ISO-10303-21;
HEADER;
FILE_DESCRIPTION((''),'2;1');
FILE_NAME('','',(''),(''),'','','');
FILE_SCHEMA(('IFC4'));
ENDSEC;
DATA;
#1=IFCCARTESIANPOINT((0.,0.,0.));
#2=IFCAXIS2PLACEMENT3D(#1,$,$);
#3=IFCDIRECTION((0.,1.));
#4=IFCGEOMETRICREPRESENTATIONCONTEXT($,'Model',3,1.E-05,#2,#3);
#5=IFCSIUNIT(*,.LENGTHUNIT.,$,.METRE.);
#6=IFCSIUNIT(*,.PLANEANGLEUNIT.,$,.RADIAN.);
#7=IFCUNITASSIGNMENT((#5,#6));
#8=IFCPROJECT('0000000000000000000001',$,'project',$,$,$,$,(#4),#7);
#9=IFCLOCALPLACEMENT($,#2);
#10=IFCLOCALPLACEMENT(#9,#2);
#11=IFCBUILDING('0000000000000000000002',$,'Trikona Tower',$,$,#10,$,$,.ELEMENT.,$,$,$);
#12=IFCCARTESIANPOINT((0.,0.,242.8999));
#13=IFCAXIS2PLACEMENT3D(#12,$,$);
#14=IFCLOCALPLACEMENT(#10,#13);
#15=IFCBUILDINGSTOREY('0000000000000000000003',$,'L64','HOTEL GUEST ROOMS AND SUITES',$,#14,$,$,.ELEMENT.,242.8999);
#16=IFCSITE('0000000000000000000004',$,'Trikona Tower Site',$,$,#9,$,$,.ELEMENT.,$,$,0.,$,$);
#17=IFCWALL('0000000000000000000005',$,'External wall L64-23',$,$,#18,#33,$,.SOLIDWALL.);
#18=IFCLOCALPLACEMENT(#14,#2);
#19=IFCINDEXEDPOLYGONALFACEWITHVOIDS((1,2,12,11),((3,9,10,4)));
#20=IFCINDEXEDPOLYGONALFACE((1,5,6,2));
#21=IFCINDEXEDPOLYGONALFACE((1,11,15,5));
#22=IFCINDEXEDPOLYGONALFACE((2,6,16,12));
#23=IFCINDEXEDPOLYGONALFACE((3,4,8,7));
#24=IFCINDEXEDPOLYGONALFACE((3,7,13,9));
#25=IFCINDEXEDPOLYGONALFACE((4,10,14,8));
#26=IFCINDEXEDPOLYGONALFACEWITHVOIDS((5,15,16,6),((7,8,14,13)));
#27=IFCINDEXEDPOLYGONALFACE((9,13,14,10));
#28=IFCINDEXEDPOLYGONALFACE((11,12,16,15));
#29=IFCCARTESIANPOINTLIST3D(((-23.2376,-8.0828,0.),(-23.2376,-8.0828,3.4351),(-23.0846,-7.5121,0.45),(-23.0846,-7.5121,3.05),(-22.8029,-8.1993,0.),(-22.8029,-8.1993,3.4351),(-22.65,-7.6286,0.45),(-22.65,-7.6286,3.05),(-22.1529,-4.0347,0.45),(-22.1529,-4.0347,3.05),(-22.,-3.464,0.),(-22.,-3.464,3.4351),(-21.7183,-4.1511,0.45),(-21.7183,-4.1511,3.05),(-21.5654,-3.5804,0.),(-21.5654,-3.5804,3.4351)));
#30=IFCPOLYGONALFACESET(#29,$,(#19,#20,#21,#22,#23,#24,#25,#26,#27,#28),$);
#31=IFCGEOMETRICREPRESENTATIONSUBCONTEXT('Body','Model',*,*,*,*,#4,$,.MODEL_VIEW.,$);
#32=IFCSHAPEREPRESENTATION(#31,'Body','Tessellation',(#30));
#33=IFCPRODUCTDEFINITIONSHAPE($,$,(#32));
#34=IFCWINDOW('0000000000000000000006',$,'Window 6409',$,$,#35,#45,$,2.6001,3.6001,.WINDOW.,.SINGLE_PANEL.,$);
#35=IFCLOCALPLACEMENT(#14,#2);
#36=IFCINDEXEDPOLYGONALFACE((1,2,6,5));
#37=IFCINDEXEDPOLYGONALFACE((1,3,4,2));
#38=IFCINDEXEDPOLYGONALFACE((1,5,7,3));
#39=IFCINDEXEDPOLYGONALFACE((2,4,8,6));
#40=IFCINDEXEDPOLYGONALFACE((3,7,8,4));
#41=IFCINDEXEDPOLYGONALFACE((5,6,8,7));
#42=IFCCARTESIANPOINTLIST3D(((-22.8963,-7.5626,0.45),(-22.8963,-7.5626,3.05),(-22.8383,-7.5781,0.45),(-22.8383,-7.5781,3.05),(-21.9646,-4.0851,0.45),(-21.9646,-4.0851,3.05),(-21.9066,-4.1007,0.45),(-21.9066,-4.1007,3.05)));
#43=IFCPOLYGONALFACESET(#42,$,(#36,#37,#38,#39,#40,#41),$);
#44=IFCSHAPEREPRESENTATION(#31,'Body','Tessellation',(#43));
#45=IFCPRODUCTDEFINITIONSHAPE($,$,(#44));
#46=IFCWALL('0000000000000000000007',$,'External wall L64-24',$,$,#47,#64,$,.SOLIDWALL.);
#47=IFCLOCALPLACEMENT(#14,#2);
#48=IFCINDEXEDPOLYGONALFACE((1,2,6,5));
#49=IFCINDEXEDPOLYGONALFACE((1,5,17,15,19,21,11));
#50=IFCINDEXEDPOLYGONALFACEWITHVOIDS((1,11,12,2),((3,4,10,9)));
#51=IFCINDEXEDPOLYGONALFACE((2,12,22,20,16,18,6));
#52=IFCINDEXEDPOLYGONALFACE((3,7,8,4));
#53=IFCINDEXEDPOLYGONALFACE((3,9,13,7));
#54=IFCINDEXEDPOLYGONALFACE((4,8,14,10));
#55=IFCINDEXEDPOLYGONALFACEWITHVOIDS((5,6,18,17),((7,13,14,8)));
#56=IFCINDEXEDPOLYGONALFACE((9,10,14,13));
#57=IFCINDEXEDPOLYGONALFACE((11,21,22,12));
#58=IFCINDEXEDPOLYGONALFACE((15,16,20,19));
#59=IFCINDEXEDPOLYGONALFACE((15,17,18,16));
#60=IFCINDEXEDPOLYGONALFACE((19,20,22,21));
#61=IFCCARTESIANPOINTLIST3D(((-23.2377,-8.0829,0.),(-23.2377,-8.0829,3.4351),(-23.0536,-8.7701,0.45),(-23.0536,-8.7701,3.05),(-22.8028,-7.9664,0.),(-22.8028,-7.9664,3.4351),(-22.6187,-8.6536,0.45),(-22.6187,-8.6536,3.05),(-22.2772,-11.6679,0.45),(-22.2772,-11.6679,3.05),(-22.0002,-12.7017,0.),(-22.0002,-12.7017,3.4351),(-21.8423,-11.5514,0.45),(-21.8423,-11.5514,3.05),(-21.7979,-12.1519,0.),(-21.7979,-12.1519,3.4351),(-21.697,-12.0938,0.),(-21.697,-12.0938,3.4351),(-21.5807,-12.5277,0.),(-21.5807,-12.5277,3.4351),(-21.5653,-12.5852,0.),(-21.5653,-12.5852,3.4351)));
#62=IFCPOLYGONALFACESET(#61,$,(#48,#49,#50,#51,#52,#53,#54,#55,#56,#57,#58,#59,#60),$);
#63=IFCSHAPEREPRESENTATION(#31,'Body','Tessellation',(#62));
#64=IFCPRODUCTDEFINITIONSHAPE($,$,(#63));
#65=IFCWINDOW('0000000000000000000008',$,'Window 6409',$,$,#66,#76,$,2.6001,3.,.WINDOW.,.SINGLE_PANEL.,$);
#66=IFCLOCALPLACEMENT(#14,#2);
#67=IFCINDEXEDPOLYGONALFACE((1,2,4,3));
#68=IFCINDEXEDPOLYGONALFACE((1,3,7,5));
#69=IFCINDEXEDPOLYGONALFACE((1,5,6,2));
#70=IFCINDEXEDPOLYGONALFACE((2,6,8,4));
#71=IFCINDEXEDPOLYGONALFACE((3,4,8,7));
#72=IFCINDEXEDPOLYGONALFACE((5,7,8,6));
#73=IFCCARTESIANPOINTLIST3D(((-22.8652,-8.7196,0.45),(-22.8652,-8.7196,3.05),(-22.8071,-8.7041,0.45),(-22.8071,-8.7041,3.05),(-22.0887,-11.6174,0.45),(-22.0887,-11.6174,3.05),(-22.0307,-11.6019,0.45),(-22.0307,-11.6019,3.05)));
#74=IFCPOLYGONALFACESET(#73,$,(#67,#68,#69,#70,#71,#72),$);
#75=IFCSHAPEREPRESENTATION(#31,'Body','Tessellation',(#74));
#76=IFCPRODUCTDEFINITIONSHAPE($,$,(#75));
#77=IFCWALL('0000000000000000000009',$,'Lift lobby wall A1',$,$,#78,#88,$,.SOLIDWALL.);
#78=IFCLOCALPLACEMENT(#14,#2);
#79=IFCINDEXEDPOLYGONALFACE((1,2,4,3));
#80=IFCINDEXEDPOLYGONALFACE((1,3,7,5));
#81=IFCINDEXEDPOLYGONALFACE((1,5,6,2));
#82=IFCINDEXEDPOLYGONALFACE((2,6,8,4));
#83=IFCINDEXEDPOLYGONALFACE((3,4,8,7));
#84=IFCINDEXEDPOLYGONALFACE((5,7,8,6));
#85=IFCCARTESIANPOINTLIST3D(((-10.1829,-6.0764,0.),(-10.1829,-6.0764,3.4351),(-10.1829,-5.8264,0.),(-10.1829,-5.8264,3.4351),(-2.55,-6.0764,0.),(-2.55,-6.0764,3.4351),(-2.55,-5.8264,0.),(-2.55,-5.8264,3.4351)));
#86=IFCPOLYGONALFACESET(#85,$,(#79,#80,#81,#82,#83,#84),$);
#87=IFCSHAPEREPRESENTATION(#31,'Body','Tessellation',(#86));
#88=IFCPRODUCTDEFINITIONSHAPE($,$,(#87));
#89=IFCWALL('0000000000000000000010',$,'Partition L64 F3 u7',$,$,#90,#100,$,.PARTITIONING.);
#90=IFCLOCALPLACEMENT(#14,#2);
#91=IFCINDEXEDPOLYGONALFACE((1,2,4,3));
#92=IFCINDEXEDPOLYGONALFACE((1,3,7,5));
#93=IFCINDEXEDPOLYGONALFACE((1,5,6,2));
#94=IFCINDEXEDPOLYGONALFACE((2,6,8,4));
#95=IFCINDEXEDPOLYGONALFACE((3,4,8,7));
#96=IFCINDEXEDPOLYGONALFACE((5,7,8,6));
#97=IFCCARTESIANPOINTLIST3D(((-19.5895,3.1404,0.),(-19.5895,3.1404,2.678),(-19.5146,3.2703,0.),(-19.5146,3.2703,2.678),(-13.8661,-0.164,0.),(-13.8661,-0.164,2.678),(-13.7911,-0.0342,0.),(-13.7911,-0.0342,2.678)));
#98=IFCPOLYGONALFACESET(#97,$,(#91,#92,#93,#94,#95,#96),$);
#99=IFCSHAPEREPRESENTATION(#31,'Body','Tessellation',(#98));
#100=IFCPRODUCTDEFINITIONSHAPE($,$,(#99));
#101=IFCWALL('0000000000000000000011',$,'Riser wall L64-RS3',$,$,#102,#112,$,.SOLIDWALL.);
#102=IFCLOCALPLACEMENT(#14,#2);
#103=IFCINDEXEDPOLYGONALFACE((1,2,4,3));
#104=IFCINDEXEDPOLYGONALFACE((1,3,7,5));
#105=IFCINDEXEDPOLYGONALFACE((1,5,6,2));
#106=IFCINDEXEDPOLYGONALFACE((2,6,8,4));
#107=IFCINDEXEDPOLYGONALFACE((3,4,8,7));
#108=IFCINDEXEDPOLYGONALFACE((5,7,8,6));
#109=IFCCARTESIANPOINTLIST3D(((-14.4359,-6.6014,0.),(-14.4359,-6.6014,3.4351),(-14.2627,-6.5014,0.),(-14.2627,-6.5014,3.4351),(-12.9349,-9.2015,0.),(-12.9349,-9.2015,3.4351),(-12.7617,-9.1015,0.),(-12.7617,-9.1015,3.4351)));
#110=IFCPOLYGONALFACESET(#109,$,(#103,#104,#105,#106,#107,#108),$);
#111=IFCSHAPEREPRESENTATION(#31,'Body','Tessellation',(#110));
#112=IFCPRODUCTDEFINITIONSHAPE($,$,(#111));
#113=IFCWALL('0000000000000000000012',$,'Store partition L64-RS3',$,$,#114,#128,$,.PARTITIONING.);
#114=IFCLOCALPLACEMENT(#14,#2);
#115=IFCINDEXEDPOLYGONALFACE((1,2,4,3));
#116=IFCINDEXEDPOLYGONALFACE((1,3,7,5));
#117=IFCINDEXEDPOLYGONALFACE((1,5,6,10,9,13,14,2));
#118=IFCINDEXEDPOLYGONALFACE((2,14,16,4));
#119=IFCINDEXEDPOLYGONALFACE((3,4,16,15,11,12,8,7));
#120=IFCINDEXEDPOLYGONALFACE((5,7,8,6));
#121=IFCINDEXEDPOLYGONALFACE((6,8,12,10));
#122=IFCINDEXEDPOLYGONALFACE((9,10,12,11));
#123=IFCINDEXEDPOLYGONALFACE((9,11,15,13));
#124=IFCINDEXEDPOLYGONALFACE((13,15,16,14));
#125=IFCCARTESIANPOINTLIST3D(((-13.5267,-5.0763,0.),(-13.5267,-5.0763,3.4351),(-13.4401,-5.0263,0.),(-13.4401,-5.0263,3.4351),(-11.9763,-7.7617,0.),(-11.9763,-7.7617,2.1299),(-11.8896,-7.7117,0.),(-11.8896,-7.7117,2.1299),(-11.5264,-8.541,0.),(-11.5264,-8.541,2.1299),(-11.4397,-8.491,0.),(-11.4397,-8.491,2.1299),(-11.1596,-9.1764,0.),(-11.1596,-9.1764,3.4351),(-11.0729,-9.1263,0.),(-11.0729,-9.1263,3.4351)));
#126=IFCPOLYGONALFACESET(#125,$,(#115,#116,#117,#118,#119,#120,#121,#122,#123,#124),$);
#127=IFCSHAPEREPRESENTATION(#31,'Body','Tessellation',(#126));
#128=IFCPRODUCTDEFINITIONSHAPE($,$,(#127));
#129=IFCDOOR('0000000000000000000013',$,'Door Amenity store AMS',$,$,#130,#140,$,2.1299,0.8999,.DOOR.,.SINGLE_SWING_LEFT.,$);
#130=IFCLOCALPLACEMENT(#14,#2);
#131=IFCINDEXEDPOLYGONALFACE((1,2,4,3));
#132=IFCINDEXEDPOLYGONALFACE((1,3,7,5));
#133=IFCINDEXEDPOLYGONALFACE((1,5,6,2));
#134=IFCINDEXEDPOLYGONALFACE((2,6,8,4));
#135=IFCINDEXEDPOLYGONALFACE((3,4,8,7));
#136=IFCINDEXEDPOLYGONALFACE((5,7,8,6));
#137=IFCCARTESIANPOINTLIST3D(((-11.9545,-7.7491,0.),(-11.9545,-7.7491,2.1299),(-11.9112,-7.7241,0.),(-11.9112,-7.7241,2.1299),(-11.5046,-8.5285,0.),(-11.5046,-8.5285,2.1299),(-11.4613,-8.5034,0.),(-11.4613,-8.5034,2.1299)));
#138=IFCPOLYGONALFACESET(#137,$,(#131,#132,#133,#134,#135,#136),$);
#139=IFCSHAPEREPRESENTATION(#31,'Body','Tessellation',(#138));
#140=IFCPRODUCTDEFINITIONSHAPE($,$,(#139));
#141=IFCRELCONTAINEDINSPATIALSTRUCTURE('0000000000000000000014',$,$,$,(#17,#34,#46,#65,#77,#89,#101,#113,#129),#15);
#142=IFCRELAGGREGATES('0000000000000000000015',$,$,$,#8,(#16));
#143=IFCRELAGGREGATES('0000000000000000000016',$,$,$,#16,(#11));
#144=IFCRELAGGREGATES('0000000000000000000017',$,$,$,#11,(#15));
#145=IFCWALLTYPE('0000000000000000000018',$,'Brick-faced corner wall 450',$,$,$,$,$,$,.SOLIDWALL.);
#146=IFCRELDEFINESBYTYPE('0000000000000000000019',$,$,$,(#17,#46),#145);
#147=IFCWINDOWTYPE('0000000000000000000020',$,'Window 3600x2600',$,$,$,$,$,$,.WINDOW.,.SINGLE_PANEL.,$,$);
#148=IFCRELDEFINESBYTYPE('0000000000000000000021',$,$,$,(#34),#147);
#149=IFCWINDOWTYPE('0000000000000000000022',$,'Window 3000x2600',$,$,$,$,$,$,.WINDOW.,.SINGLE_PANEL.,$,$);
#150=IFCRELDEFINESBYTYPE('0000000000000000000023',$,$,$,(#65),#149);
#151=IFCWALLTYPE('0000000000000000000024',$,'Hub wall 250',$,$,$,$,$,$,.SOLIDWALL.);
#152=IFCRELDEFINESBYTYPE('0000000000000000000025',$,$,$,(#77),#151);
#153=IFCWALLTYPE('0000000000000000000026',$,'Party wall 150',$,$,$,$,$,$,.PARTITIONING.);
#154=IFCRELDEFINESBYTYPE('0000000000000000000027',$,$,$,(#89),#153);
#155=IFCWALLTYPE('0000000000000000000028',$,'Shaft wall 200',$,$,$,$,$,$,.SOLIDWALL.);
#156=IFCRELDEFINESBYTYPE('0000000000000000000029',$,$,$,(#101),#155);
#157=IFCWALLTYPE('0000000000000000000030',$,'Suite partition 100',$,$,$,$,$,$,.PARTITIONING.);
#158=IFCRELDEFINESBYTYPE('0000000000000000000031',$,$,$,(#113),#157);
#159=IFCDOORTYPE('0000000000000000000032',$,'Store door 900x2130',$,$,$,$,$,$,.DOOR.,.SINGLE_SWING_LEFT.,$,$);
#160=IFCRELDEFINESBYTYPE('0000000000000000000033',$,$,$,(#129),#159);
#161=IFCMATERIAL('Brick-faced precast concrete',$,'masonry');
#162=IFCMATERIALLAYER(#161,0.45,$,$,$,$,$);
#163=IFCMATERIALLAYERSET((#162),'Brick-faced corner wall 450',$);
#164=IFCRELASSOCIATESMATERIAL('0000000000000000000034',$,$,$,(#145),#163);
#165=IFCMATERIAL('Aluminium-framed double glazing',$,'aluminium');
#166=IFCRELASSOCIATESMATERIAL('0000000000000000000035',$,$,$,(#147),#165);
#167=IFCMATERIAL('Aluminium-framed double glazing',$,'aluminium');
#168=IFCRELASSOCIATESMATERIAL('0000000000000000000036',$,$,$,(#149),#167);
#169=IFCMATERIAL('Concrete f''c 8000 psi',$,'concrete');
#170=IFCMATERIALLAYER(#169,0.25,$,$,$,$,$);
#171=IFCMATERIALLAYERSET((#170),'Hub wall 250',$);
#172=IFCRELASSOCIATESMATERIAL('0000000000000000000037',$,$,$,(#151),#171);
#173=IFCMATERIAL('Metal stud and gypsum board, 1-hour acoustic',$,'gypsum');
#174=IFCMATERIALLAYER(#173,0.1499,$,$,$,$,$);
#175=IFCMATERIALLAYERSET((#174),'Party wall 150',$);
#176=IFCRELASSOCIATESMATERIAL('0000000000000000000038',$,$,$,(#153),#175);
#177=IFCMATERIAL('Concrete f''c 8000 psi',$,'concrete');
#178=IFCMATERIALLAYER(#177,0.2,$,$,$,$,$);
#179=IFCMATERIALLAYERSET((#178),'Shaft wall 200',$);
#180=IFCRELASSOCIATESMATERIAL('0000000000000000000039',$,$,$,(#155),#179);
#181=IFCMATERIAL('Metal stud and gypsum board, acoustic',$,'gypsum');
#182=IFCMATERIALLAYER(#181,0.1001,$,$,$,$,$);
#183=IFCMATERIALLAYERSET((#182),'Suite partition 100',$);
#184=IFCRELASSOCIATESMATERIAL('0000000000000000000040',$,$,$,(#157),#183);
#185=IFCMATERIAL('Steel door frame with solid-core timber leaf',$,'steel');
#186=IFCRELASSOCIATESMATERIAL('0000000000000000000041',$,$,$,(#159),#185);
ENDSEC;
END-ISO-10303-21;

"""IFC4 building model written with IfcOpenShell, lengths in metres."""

from ifc_helpers import new_model, si_unit, direction, frame, frame_2d, origin, place, context, subcontext, project, spatial, polyline, rectangle, outline, extrude, material, layer, layer_set, type_object, element, fill, save


model = new_model("IFC4")

# Units and contexts
model_context = context("Model", 3, precision=1e-05, world=origin(), true_north=direction((0.0, 1.0)))
body_context = subcontext(model_context, "Body", "Model", "MODEL_VIEW")
ifc_project = project(units=[si_unit("LENGTHUNIT", "METRE"), si_unit("PLANEANGLEUNIT", "RADIAN")], contexts=[model_context])

# Site, building, storey
site_placement = place(None, origin())
site = spatial("IfcSite", under=ifc_project, at=site_placement, Name="Trikona Tower Site", CompositionType="ELEMENT", RefElevation=0.0)
building_placement = place(site_placement, origin())
building = spatial("IfcBuilding", under=site, at=building_placement, Name="Trikona Tower", CompositionType="ELEMENT")
storey_placement = place(building_placement, frame((0.0, 0.0, 242.8999)))
storey = spatial("IfcBuildingStorey", under=building, at=storey_placement, Name="L64", Description="HOTEL GUEST ROOMS AND SUITES", CompositionType="ELEMENT", Elevation=242.8999)

# Walls, openings, windows
ifc_material_1 = material(Name="Brick-faced precast concrete", Category="masonry")
ifc_layer_1 = layer(ifc_material_1, 0.45)
ifc_layer_set_1 = layer_set([ifc_layer_1], Name="Brick-faced corner wall 450")
wall_type_1 = type_object("IfcWallType", Name="Brick-faced corner wall 450", PredefinedType="SOLIDWALL", material=ifc_layer_set_1)
wall_1_placement = place(storey_placement, frame((-21.7827, -3.5222, 0.0), z_axis=(0.0, 0.0, 1.0), x_axis=(-0.258803, -0.96593, 0.0)))
wall_1 = element("IfcWall", 1, at=wall_1_placement, inside=storey, type_object=wall_type_1, Name="External wall L64-23", PredefinedType="SOLIDWALL", context=body_context, shape_type="SweptSolid", body=[
    extrude(rectangle(XDim=4.7817, YDim=0.45, at=frame_2d((2.3909, 0.0))), origin(), (0.0, 0.0, 1.0), 3.4351),
])
opening_1_placement = place(wall_1_placement, frame((0.5908, 0.0, 0.45)))
opening_1 = element("IfcOpeningElement", 2, at=opening_1_placement, cuts=wall_1, PredefinedType="OPENING", context=body_context, shape_type="SweptSolid", body=[
    extrude(rectangle(XDim=3.6001, YDim=2.6001, at=frame_2d((1.8, 1.3))), frame((0.0, 0.2349, 0.0), z_axis=(0.0, -1.0, 0.0), x_axis=(1.0, 0.0, 0.0)), (0.0, 0.0, 1.0), 0.47),
])
ifc_material_2 = material(Name="Aluminium-framed double glazing", Category="aluminium")
window_type_1 = type_object("IfcWindowType", Name="Window 3600x2600", PartitioningType="SINGLE_PANEL", PredefinedType="WINDOW", material=ifc_material_2)
window_1_placement = place(opening_1_placement, origin())
window_1 = element("IfcWindow", 3, at=window_1_placement, inside=storey, type_object=window_type_1, Name="Window 6409", OverallHeight=2.6001, OverallWidth=3.6001, PartitioningType="SINGLE_PANEL", PredefinedType="WINDOW", context=body_context, shape_type="SweptSolid", body=[
    extrude(rectangle(XDim=3.6001, YDim=2.6001, at=frame_2d((1.8, 1.3))), frame((0.0, 0.03, 0.0), z_axis=(0.0, -1.0, 0.0), x_axis=(1.0, 0.0, 0.0)), (0.0, 0.0, 1.0), 0.0601),
])
fill(opening_1, window_1)
wall_2_placement = place(storey_placement, frame((-23.0203, -8.0247, 0.0), z_axis=(0.0, 0.0, 1.0), x_axis=(0.258803, -0.96593, 0.0)))
wall_2 = element("IfcWall", 4, at=wall_2_placement, inside=storey, type_object=wall_type_1, Name="External wall L64-24", PredefinedType="SOLIDWALL", context=body_context, shape_type="SweptSolid", body=[
    extrude(outline(polyline([(4.7817, 0.2251), (4.7222, 0.2251), (4.303, 0.1125), (4.2729, 0.2251), (0.0, 0.2251), (0.0, -0.2251), (4.7817, -0.2251), (4.7817, 0.2251)])), origin(), (0.0, 0.0, 1.0), 3.4351),
])
opening_2_placement = place(wall_2_placement, frame((0.7114, 0.0, 0.45)))
opening_2 = element("IfcOpeningElement", 5, at=opening_2_placement, cuts=wall_2, PredefinedType="OPENING", context=body_context, shape_type="SweptSolid", body=[
    extrude(rectangle(XDim=3.0, YDim=2.6001, at=frame_2d((1.5, 1.3))), frame((0.0, 0.2349, 0.0), z_axis=(0.0, -1.0, 0.0), x_axis=(1.0, 0.0, 0.0)), (0.0, 0.0, 1.0), 0.47),
])
ifc_material_3 = material(Name="Aluminium-framed double glazing", Category="aluminium")
window_type_2 = type_object("IfcWindowType", Name="Window 3000x2600", PartitioningType="SINGLE_PANEL", PredefinedType="WINDOW", material=ifc_material_3)
window_2_placement = place(opening_2_placement, origin())
window_2 = element("IfcWindow", 6, at=window_2_placement, inside=storey, type_object=window_type_2, Name="Window 6409", OverallHeight=2.6001, OverallWidth=3.0, PartitioningType="SINGLE_PANEL", PredefinedType="WINDOW", context=body_context, shape_type="SweptSolid", body=[
    extrude(rectangle(XDim=3.0, YDim=2.6001, at=frame_2d((1.5, 1.3))), frame((0.0, 0.03, 0.0), z_axis=(0.0, -1.0, 0.0), x_axis=(1.0, 0.0, 0.0)), (0.0, 0.0, 1.0), 0.0601),
])
fill(opening_2, window_2)

# Walls
ifc_material_4 = material(Name="Concrete f'c 8000 psi", Category="concrete")
ifc_layer_2 = layer(ifc_material_4, 0.25)
ifc_layer_set_2 = layer_set([ifc_layer_2], Name="Hub wall 250")
wall_type_2 = type_object("IfcWallType", Name="Hub wall 250", PredefinedType="SOLIDWALL", material=ifc_layer_set_2)
wall_3_placement = place(storey_placement, frame((-10.1829, -5.9514, 0.0), z_axis=(0.0, 0.0, 1.0), x_axis=(1.0, 0.0, 0.0)))
element("IfcWall", 7, at=wall_3_placement, inside=storey, type_object=wall_type_2, Name="Lift lobby wall A1", PredefinedType="SOLIDWALL", context=body_context, shape_type="SweptSolid", body=[
    extrude(rectangle(XDim=7.6328, YDim=0.25, at=frame_2d((3.8164, 0.0))), origin(), (0.0, 0.0, 1.0), 3.4351),
])
ifc_material_5 = material(Name="Metal stud and gypsum board, 1-hour acoustic", Category="gypsum")
ifc_layer_3 = layer(ifc_material_5, 0.1499)
ifc_layer_set_3 = layer_set([ifc_layer_3], Name="Party wall 150")
wall_type_3 = type_object("IfcWallType", Name="Party wall 150", PredefinedType="PARTITIONING", material=ifc_layer_set_3)
wall_4_placement = place(storey_placement, frame((-13.8286, -0.0991, 0.0), z_axis=(0.0, 0.0, 1.0), x_axis=(-0.866023, 0.500005, 0.0)))
element("IfcWall", 8, at=wall_4_placement, inside=storey, type_object=wall_type_3, Name="Partition L64 F3 u7", PredefinedType="PARTITIONING", context=body_context, shape_type="SweptSolid", body=[
    extrude(rectangle(XDim=6.6089, YDim=0.1499, at=frame_2d((3.3044, 0.0))), origin(), (0.0, 0.0, 1.0), 2.678),
])
ifc_material_6 = material(Name="Concrete f'c 8000 psi", Category="concrete")
ifc_layer_4 = layer(ifc_material_6, 0.2)
ifc_layer_set_4 = layer_set([ifc_layer_4], Name="Shaft wall 200")
wall_type_4 = type_object("IfcWallType", Name="Shaft wall 200", PredefinedType="SOLIDWALL", material=ifc_layer_set_4)
wall_5_placement = place(storey_placement, frame((-12.8484, -9.1514, 0.0), z_axis=(0.0, 0.0, 1.0), x_axis=(-0.499952, 0.866053, 0.0)))
element("IfcWall", 9, at=wall_5_placement, inside=storey, type_object=wall_type_4, Name="Riser wall L64-RS3", PredefinedType="SOLIDWALL", context=body_context, shape_type="SweptSolid", body=[
    extrude(rectangle(XDim=3.0022, YDim=0.2, at=frame_2d((1.501, 0.0))), origin(), (0.0, 0.0, 1.0), 3.4351),
])

# Wall, opening, door
ifc_material_7 = material(Name="Metal stud and gypsum board, acoustic", Category="gypsum")
ifc_layer_5 = layer(ifc_material_7, 0.1001)
ifc_layer_set_5 = layer_set([ifc_layer_5], Name="Suite partition 100")
wall_type_5 = type_object("IfcWallType", Name="Suite partition 100", PredefinedType="PARTITIONING", material=ifc_layer_set_5)
wall_6_placement = place(storey_placement, frame((-11.1162, -9.1514, 0.0), z_axis=(0.0, 0.0, 1.0), x_axis=(-0.499999, 0.866026, 0.0)))
wall_6 = element("IfcWall", 10, at=wall_6_placement, inside=storey, type_object=wall_type_5, Name="Store partition L64-RS3", PredefinedType="PARTITIONING", context=body_context, shape_type="SweptSolid", body=[
    extrude(rectangle(XDim=4.7344, YDim=0.1001, at=frame_2d((2.3672, 0.0))), origin(), (0.0, 0.0, 1.0), 3.4351),
])
opening_3_placement = place(wall_6_placement, frame((0.7336, 0.0, 0.0)))
opening_3 = element("IfcOpeningElement", 11, at=opening_3_placement, cuts=wall_6, PredefinedType="OPENING", context=body_context, shape_type="SweptSolid", body=[
    extrude(rectangle(XDim=0.8999, YDim=2.1299, at=frame_2d((0.45, 1.0649))), frame((0.0, 0.0601, 0.0), z_axis=(0.0, -1.0, 0.0), x_axis=(1.0, 0.0, 0.0)), (0.0, 0.0, 1.0), 0.1201),
])
ifc_material_8 = material(Name="Steel door frame with solid-core timber leaf", Category="steel")
door_type_1 = type_object("IfcDoorType", Name="Store door 900x2130", OperationType="SINGLE_SWING_LEFT", PredefinedType="DOOR", material=ifc_material_8)
door_1_placement = place(opening_3_placement, origin())
door_1 = element("IfcDoor", 12, at=door_1_placement, inside=storey, type_object=door_type_1, Name="Door Amenity store AMS", OperationType="SINGLE_SWING_LEFT", OverallHeight=2.1299, OverallWidth=0.8999, PredefinedType="DOOR", context=body_context, shape_type="SweptSolid", body=[
    extrude(rectangle(XDim=0.8999, YDim=2.1299, at=frame_2d((0.45, 1.0649))), frame((0.0, 0.0249, 0.0), z_axis=(0.0, -1.0, 0.0), x_axis=(1.0, 0.0, 0.0)), (0.0, 0.0, 1.0), 0.05),
])
fill(opening_3, door_1)

save(model, "model.ifc")
